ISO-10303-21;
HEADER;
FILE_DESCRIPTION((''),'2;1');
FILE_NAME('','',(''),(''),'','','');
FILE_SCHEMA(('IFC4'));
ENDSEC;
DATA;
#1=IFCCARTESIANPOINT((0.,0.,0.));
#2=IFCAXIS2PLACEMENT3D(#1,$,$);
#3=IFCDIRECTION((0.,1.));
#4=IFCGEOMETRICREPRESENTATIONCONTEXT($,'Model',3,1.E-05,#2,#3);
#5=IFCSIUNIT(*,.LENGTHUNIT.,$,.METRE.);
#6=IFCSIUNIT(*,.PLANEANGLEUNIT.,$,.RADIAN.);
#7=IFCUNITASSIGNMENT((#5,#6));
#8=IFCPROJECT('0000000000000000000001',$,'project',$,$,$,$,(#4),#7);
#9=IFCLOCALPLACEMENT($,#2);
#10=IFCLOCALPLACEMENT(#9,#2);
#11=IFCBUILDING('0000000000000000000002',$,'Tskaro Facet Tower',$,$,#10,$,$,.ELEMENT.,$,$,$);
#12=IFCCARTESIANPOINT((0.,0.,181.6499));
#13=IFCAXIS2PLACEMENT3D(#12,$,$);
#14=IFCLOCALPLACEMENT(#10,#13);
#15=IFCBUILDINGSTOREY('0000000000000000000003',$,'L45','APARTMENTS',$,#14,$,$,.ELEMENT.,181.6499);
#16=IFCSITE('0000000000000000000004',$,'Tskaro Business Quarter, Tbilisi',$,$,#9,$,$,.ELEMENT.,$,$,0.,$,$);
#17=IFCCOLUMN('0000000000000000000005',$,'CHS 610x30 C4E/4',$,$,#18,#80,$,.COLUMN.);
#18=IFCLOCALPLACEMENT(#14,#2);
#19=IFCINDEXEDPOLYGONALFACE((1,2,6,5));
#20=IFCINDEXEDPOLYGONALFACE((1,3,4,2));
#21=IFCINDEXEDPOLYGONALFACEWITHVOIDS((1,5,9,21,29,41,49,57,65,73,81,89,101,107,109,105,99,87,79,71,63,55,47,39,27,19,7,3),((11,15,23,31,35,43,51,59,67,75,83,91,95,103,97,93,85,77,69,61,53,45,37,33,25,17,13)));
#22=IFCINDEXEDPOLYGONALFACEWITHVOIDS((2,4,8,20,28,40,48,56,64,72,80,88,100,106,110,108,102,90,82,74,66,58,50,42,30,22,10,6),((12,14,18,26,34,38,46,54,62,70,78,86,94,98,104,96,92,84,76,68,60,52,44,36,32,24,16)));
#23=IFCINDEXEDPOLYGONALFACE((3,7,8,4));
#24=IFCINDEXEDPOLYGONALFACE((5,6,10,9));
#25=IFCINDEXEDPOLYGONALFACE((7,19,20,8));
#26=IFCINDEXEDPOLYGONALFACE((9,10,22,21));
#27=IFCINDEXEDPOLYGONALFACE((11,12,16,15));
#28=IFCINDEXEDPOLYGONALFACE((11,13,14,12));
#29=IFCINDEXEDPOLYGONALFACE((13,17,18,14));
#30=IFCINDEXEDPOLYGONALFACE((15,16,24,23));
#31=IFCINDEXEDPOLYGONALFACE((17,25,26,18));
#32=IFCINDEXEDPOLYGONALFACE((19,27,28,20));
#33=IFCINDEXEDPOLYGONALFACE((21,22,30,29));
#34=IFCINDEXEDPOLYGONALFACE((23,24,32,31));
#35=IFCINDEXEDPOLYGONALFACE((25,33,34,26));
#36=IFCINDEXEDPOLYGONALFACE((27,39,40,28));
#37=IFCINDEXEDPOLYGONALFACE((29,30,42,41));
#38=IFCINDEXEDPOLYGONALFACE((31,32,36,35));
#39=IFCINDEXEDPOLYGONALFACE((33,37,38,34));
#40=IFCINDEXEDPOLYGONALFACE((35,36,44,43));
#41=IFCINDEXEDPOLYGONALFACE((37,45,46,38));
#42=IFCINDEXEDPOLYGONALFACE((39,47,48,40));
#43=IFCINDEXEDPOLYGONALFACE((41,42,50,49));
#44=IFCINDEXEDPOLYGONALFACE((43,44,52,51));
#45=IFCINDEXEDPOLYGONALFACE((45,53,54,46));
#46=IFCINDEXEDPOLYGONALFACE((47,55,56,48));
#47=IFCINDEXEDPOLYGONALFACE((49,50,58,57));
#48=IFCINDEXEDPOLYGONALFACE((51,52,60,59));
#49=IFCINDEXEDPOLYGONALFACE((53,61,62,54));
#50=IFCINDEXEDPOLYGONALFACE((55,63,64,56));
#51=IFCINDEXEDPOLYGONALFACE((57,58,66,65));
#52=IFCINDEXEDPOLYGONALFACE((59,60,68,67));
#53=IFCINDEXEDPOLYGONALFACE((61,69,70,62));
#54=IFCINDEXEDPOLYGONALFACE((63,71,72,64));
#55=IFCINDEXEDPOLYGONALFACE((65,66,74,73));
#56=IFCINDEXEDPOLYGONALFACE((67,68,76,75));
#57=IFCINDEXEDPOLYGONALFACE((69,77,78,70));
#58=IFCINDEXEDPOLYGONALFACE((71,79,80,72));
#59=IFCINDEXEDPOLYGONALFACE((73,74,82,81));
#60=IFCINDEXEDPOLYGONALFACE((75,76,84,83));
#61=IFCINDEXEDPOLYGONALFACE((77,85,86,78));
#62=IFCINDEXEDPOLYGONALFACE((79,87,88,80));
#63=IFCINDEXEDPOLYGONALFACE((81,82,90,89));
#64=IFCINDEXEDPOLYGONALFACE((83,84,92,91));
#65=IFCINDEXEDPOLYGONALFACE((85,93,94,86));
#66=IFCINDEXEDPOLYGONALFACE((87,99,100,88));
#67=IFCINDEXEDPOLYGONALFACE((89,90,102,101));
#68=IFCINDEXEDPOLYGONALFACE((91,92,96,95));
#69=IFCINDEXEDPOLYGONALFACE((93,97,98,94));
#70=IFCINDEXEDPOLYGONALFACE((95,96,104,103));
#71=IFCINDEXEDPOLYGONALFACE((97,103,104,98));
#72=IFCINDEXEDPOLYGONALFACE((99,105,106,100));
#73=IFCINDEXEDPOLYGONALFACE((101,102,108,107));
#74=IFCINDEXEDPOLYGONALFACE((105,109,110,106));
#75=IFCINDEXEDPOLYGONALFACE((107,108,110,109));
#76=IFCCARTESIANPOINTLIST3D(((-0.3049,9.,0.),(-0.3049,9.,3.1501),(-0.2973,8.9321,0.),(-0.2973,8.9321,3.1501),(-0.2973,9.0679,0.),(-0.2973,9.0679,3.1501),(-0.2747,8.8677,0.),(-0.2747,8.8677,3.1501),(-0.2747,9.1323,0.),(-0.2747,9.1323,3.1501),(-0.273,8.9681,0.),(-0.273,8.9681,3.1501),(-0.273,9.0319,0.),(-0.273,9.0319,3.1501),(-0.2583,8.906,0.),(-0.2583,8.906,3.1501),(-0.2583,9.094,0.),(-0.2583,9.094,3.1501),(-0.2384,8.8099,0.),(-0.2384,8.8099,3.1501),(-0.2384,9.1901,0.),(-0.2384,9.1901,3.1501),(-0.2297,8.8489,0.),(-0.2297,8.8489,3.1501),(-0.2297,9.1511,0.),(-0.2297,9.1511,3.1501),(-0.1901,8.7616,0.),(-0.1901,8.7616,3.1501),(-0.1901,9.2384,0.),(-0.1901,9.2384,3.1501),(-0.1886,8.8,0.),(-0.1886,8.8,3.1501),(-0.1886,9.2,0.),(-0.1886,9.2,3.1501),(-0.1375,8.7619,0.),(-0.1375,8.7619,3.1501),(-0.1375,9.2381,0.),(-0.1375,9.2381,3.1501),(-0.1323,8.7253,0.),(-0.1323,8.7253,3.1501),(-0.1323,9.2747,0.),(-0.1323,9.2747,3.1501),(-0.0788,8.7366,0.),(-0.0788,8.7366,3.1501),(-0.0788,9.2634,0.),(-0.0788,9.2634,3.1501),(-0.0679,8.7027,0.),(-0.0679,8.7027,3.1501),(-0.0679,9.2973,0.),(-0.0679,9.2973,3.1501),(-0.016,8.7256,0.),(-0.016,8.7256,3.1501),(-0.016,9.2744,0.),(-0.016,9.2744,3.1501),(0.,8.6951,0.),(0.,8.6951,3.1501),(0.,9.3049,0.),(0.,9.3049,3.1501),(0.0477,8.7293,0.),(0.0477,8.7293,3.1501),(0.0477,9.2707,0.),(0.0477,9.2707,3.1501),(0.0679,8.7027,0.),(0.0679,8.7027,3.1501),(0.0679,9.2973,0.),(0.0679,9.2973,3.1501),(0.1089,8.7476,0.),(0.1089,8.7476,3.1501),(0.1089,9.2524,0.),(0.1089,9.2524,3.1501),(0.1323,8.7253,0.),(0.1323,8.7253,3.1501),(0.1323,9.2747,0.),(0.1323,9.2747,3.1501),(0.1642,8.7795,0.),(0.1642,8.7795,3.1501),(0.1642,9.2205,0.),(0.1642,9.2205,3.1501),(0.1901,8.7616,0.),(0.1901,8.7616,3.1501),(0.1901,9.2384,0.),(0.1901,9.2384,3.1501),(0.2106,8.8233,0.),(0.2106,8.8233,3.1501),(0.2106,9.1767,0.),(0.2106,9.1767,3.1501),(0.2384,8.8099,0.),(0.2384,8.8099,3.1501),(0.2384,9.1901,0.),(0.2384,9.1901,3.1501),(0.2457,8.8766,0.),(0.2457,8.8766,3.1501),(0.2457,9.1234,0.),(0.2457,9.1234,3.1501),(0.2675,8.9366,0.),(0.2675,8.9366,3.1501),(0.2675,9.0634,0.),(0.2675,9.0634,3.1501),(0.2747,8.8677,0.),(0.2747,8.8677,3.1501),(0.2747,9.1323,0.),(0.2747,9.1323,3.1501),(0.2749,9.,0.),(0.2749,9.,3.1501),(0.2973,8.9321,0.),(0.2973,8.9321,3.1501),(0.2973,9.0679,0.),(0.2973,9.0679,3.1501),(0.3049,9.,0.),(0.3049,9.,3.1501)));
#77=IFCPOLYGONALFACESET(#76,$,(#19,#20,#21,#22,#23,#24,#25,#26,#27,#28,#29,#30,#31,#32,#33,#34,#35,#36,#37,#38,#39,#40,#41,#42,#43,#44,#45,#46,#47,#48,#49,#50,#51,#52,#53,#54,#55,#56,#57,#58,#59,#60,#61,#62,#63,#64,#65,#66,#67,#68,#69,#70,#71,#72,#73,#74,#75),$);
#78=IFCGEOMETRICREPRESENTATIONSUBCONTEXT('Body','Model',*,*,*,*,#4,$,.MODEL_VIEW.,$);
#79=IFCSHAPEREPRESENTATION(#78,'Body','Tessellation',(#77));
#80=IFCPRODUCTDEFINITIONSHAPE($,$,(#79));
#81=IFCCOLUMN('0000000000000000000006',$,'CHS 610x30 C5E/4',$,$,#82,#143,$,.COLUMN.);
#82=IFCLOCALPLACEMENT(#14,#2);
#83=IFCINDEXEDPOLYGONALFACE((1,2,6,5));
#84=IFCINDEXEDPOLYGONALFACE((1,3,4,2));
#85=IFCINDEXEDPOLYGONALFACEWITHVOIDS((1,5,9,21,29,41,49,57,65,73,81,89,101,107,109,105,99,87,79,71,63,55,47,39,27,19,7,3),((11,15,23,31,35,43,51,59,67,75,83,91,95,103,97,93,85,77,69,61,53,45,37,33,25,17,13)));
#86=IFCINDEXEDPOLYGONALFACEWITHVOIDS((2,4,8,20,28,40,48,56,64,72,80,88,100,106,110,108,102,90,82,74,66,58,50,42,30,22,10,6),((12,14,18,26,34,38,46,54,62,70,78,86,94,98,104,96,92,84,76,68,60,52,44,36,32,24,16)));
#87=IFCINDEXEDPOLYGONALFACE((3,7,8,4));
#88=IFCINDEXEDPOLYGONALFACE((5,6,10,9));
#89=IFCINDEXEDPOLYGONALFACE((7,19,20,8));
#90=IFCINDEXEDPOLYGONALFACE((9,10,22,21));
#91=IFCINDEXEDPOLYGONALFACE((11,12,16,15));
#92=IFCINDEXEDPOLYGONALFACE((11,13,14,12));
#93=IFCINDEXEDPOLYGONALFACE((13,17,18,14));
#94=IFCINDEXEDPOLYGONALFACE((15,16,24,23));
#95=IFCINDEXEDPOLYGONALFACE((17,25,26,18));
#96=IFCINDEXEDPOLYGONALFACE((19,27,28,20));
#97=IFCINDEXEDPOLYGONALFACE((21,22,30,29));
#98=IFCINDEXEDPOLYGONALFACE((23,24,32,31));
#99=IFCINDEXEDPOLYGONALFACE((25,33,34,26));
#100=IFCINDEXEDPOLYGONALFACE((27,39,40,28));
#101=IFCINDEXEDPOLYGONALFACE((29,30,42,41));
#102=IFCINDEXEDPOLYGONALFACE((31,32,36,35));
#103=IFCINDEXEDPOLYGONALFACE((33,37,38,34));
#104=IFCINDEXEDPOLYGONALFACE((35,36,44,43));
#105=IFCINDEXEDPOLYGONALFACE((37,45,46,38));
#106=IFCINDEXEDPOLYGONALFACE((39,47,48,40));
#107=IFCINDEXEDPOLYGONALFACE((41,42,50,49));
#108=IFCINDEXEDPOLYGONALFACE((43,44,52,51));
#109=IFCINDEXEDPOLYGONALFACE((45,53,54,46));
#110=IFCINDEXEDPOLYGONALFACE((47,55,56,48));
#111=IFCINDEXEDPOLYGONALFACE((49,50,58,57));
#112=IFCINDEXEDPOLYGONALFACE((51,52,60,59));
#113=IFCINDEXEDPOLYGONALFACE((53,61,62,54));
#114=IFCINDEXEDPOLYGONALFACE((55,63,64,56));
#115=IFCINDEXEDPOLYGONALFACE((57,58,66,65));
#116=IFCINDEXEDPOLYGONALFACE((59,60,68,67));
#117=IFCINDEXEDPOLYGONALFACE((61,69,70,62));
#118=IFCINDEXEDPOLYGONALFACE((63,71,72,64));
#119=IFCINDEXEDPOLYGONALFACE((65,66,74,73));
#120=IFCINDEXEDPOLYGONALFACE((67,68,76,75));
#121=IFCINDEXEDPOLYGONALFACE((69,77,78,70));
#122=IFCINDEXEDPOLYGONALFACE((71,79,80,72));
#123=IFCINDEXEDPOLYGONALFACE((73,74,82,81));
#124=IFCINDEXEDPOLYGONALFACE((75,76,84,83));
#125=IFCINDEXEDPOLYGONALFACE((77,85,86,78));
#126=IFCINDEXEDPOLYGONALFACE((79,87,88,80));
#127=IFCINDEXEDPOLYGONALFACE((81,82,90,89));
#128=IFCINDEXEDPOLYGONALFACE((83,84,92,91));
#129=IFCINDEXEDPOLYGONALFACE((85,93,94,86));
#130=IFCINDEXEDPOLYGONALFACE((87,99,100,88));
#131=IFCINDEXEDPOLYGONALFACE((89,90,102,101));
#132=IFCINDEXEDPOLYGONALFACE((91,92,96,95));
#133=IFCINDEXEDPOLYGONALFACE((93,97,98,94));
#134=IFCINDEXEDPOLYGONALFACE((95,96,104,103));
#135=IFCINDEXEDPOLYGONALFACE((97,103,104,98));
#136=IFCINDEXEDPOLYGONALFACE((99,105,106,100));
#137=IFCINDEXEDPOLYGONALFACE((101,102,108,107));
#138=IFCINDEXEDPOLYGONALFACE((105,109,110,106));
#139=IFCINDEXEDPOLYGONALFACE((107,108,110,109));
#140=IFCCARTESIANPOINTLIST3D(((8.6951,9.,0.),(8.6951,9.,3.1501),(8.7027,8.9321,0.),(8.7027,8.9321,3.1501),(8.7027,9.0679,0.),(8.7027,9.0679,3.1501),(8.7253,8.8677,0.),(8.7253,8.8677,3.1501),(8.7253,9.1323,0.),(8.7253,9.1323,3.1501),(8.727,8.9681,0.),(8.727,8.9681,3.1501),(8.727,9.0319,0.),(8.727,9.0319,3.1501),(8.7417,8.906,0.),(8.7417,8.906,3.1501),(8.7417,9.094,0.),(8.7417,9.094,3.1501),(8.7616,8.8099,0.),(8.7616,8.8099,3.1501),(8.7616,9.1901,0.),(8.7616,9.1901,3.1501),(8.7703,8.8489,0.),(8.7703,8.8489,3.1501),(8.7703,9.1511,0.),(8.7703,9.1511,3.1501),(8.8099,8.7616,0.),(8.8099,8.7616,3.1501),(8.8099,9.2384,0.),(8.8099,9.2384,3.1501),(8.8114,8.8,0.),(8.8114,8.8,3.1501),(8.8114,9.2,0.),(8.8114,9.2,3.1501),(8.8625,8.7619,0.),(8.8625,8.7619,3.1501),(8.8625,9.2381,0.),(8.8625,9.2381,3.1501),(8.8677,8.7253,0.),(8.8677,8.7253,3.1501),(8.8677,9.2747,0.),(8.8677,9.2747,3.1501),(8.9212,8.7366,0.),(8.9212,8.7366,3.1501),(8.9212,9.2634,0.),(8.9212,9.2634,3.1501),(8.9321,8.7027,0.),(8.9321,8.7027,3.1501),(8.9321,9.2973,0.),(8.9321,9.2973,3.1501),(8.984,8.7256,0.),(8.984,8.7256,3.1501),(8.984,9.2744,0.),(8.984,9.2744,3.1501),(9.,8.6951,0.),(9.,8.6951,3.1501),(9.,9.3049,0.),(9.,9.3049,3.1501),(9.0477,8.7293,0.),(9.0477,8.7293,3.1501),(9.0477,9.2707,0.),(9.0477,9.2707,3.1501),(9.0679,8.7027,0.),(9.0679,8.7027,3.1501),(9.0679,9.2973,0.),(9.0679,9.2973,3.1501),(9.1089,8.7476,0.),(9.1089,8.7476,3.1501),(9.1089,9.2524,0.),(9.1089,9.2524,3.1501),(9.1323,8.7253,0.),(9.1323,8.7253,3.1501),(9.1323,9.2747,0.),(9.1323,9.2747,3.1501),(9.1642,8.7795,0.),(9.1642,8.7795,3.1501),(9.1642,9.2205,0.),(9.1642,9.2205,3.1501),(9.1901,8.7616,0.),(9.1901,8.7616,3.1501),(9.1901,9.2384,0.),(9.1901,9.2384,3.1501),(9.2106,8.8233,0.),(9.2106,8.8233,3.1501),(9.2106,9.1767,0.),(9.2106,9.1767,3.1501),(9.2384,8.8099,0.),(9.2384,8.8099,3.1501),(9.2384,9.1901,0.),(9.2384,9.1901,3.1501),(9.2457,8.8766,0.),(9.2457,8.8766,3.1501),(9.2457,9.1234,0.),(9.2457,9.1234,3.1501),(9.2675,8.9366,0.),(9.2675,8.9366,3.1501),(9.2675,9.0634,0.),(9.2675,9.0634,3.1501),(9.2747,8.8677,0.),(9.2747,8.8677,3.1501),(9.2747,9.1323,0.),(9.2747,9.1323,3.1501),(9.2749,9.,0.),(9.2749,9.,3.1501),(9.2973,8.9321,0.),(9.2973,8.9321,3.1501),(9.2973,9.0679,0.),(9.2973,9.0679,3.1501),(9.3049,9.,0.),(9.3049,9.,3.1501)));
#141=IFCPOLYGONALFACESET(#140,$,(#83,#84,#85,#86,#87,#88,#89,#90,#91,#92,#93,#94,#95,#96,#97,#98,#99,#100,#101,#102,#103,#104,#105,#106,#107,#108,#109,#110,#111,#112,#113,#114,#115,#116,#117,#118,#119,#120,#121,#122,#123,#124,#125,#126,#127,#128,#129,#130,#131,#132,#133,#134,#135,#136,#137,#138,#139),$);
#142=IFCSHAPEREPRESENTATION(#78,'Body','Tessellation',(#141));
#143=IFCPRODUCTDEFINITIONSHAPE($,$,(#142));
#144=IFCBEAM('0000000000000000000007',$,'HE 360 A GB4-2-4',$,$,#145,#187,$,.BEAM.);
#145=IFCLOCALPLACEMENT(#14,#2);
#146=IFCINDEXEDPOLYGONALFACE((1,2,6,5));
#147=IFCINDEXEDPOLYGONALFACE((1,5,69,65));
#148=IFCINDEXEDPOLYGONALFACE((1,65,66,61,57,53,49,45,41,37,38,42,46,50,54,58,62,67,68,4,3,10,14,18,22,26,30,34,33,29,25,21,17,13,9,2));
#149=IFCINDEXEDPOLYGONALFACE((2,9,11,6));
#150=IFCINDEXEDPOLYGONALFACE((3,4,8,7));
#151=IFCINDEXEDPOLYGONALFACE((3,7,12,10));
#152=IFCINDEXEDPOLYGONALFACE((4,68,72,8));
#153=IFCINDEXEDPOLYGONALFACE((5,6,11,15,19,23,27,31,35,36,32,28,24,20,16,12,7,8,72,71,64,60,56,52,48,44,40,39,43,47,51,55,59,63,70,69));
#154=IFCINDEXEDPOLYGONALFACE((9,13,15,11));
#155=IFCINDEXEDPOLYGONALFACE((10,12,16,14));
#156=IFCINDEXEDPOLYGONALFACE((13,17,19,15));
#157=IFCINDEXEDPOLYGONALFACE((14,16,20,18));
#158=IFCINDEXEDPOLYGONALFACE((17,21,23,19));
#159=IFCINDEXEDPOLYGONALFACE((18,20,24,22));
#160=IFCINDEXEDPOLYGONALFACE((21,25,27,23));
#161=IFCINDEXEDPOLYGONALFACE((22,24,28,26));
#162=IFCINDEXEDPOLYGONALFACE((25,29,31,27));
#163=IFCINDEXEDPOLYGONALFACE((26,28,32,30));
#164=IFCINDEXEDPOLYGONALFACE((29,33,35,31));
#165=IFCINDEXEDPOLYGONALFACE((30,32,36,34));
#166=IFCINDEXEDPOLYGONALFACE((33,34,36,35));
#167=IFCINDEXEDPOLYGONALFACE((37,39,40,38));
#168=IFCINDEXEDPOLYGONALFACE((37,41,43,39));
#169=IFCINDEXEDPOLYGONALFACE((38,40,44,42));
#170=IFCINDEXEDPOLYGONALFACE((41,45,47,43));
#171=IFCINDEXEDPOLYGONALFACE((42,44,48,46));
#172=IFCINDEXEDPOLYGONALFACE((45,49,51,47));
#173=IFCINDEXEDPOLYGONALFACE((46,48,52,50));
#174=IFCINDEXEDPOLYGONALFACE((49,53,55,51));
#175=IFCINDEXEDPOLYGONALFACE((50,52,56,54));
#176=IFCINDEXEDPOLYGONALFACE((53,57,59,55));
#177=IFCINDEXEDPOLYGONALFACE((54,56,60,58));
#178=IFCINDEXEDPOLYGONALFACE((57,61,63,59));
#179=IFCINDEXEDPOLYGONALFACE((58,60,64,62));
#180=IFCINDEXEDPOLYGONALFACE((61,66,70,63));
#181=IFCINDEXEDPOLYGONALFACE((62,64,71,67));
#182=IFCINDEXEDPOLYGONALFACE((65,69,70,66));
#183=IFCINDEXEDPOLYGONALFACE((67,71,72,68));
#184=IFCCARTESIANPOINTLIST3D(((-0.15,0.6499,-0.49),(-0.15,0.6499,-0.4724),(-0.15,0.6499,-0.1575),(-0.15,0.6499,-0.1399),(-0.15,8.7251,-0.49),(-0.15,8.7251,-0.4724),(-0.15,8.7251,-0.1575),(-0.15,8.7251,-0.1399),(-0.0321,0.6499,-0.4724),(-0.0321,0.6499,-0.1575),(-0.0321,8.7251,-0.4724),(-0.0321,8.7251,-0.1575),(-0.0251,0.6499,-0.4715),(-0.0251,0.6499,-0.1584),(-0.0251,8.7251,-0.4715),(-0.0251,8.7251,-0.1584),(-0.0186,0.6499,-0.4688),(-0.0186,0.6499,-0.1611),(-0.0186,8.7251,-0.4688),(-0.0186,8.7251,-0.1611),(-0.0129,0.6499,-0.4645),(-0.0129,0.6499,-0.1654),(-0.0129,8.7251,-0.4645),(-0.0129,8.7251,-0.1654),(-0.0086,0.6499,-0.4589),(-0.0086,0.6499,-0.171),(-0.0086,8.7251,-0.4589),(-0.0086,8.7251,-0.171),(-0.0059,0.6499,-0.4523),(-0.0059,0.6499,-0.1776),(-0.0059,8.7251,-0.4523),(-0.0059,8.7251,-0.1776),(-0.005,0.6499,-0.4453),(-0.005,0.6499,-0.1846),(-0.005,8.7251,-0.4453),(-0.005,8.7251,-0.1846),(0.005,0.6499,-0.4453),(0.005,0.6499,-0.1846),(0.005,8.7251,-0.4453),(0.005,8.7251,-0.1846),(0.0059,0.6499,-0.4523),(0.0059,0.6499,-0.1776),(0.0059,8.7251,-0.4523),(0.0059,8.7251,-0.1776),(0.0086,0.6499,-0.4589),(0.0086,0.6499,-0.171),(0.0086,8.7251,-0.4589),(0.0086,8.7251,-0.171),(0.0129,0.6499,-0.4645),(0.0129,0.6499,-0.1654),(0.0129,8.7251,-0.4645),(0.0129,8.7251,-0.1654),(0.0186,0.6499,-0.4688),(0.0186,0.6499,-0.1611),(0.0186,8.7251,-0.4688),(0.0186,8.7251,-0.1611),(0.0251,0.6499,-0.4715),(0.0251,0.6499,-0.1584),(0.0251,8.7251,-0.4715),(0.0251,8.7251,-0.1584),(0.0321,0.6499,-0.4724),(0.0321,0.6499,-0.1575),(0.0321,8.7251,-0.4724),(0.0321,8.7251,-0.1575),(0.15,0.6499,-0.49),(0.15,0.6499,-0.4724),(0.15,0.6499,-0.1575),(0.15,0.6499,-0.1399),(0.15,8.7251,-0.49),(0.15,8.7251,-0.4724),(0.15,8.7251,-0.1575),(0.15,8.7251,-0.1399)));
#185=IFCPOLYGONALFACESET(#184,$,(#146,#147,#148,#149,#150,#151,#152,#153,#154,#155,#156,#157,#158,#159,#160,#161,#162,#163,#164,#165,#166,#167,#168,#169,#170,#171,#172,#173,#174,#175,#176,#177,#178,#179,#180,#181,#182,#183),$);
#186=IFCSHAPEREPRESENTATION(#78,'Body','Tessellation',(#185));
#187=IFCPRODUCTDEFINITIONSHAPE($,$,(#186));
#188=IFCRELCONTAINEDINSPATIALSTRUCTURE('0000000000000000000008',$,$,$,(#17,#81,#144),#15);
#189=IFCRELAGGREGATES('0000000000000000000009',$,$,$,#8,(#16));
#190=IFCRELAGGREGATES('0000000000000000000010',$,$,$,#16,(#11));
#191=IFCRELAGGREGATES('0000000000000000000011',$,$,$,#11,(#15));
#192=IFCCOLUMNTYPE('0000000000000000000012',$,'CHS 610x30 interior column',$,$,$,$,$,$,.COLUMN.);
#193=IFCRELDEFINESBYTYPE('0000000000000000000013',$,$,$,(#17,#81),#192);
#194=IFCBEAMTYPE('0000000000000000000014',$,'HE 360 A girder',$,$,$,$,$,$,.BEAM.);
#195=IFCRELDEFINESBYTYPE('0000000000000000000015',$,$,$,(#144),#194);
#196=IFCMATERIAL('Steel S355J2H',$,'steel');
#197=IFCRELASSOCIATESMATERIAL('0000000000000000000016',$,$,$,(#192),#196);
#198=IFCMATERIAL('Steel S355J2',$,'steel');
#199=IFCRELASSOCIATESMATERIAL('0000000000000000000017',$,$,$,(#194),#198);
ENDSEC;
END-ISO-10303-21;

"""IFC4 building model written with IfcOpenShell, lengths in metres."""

from ifc_helpers import new_model, si_unit, direction, frame, origin, origin_2d, place, context, subcontext, project, spatial, hollow_circle, i_section, extrude, material, material_profile, profile_set, type_object, element, save


model = new_model("IFC4")

# Units and contexts
model_context = context("Model", 3, precision=1e-05, world=origin(), true_north=direction((0.0, 1.0)))
body_context = subcontext(model_context, "Body", "Model", "MODEL_VIEW")
ifc_project = project(units=[si_unit("LENGTHUNIT", "METRE"), si_unit("PLANEANGLEUNIT", "RADIAN")], contexts=[model_context])

# Site, building, storey
site_placement = place(None, origin())
site = spatial("IfcSite", under=ifc_project, at=site_placement, Name="Tskaro Business Quarter, Tbilisi", CompositionType="ELEMENT", RefElevation=0.0)
building_placement = place(site_placement, origin())
building = spatial("IfcBuilding", under=site, at=building_placement, Name="Tskaro Facet Tower", CompositionType="ELEMENT")
storey_placement = place(building_placement, frame((0.0, 0.0, 181.6499)))
storey = spatial("IfcBuildingStorey", under=building, at=storey_placement, Name="L45", Description="APARTMENTS", CompositionType="ELEMENT", Elevation=181.6499)

# Columns
ifc_material_1 = material(Name="Steel S355J2H", Category="steel")
ifc_material_profile_1 = material_profile(ifc_material_1, hollow_circle(Radius=0.3049, WallThickness=0.03, at=origin_2d()), Name="CHS 610x30")
ifc_profile_set_1 = profile_set([ifc_material_profile_1], Name="Steel S355J2H")
column_type = type_object("IfcColumnType", Name="CHS 610x30 interior column", PredefinedType="COLUMN", material=ifc_profile_set_1)
for number, where, z_axis, x_axis, name in (
    (1, (0.0, 9.0, 0.0), (0.0, 0.0, 1.0), (1.0, 0.0, 0.0), "CHS 610x30 C4E/4"),
    (2, (9.0, 9.0, 0.0), (0.0, 0.0, 1.0), (1.0, 0.0, 0.0), "CHS 610x30 C5E/4"),
):
    element("IfcColumn", number, at=place(storey_placement, frame(where, z_axis=z_axis, x_axis=x_axis)), inside=storey, type_object=column_type, Name=name, PredefinedType="COLUMN", context=body_context, shape_type="SweptSolid", body=[
        extrude(hollow_circle(Radius=0.3049, WallThickness=0.03, at=origin_2d()), origin(), (0.0, 0.0, 1.0), 3.1501),
    ])

# Beam
ifc_material_2 = material(Name="Steel S355J2", Category="steel")
ifc_material_profile_2 = material_profile(ifc_material_2, i_section(OverallWidth=0.3, OverallDepth=0.3501, WebThickness=0.01, FlangeThickness=0.0176, FilletRadius=0.0271, at=origin_2d()), Name="HE 360 A")
ifc_profile_set_2 = profile_set([ifc_material_profile_2], Name="Steel S355J2")
beam_type_1 = type_object("IfcBeamType", Name="HE 360 A girder", PredefinedType="BEAM", material=ifc_profile_set_2)
beam_1_placement = place(storey_placement, frame((0.0, 0.6499, -0.3149), z_axis=(0.0, 1.0, 0.0), x_axis=(-1.0, 0.0, 0.0)))
element("IfcBeam", 3, at=beam_1_placement, inside=storey, type_object=beam_type_1, Name="HE 360 A GB4-2-4", PredefinedType="BEAM", context=body_context, shape_type="SweptSolid", body=[
    extrude(i_section(OverallWidth=0.3, OverallDepth=0.3501, WebThickness=0.01, FlangeThickness=0.0176, FilletRadius=0.0271, at=origin_2d()), origin(), (0.0, 0.0, 1.0), 8.0752),
])

save(model, "model.ifc")
